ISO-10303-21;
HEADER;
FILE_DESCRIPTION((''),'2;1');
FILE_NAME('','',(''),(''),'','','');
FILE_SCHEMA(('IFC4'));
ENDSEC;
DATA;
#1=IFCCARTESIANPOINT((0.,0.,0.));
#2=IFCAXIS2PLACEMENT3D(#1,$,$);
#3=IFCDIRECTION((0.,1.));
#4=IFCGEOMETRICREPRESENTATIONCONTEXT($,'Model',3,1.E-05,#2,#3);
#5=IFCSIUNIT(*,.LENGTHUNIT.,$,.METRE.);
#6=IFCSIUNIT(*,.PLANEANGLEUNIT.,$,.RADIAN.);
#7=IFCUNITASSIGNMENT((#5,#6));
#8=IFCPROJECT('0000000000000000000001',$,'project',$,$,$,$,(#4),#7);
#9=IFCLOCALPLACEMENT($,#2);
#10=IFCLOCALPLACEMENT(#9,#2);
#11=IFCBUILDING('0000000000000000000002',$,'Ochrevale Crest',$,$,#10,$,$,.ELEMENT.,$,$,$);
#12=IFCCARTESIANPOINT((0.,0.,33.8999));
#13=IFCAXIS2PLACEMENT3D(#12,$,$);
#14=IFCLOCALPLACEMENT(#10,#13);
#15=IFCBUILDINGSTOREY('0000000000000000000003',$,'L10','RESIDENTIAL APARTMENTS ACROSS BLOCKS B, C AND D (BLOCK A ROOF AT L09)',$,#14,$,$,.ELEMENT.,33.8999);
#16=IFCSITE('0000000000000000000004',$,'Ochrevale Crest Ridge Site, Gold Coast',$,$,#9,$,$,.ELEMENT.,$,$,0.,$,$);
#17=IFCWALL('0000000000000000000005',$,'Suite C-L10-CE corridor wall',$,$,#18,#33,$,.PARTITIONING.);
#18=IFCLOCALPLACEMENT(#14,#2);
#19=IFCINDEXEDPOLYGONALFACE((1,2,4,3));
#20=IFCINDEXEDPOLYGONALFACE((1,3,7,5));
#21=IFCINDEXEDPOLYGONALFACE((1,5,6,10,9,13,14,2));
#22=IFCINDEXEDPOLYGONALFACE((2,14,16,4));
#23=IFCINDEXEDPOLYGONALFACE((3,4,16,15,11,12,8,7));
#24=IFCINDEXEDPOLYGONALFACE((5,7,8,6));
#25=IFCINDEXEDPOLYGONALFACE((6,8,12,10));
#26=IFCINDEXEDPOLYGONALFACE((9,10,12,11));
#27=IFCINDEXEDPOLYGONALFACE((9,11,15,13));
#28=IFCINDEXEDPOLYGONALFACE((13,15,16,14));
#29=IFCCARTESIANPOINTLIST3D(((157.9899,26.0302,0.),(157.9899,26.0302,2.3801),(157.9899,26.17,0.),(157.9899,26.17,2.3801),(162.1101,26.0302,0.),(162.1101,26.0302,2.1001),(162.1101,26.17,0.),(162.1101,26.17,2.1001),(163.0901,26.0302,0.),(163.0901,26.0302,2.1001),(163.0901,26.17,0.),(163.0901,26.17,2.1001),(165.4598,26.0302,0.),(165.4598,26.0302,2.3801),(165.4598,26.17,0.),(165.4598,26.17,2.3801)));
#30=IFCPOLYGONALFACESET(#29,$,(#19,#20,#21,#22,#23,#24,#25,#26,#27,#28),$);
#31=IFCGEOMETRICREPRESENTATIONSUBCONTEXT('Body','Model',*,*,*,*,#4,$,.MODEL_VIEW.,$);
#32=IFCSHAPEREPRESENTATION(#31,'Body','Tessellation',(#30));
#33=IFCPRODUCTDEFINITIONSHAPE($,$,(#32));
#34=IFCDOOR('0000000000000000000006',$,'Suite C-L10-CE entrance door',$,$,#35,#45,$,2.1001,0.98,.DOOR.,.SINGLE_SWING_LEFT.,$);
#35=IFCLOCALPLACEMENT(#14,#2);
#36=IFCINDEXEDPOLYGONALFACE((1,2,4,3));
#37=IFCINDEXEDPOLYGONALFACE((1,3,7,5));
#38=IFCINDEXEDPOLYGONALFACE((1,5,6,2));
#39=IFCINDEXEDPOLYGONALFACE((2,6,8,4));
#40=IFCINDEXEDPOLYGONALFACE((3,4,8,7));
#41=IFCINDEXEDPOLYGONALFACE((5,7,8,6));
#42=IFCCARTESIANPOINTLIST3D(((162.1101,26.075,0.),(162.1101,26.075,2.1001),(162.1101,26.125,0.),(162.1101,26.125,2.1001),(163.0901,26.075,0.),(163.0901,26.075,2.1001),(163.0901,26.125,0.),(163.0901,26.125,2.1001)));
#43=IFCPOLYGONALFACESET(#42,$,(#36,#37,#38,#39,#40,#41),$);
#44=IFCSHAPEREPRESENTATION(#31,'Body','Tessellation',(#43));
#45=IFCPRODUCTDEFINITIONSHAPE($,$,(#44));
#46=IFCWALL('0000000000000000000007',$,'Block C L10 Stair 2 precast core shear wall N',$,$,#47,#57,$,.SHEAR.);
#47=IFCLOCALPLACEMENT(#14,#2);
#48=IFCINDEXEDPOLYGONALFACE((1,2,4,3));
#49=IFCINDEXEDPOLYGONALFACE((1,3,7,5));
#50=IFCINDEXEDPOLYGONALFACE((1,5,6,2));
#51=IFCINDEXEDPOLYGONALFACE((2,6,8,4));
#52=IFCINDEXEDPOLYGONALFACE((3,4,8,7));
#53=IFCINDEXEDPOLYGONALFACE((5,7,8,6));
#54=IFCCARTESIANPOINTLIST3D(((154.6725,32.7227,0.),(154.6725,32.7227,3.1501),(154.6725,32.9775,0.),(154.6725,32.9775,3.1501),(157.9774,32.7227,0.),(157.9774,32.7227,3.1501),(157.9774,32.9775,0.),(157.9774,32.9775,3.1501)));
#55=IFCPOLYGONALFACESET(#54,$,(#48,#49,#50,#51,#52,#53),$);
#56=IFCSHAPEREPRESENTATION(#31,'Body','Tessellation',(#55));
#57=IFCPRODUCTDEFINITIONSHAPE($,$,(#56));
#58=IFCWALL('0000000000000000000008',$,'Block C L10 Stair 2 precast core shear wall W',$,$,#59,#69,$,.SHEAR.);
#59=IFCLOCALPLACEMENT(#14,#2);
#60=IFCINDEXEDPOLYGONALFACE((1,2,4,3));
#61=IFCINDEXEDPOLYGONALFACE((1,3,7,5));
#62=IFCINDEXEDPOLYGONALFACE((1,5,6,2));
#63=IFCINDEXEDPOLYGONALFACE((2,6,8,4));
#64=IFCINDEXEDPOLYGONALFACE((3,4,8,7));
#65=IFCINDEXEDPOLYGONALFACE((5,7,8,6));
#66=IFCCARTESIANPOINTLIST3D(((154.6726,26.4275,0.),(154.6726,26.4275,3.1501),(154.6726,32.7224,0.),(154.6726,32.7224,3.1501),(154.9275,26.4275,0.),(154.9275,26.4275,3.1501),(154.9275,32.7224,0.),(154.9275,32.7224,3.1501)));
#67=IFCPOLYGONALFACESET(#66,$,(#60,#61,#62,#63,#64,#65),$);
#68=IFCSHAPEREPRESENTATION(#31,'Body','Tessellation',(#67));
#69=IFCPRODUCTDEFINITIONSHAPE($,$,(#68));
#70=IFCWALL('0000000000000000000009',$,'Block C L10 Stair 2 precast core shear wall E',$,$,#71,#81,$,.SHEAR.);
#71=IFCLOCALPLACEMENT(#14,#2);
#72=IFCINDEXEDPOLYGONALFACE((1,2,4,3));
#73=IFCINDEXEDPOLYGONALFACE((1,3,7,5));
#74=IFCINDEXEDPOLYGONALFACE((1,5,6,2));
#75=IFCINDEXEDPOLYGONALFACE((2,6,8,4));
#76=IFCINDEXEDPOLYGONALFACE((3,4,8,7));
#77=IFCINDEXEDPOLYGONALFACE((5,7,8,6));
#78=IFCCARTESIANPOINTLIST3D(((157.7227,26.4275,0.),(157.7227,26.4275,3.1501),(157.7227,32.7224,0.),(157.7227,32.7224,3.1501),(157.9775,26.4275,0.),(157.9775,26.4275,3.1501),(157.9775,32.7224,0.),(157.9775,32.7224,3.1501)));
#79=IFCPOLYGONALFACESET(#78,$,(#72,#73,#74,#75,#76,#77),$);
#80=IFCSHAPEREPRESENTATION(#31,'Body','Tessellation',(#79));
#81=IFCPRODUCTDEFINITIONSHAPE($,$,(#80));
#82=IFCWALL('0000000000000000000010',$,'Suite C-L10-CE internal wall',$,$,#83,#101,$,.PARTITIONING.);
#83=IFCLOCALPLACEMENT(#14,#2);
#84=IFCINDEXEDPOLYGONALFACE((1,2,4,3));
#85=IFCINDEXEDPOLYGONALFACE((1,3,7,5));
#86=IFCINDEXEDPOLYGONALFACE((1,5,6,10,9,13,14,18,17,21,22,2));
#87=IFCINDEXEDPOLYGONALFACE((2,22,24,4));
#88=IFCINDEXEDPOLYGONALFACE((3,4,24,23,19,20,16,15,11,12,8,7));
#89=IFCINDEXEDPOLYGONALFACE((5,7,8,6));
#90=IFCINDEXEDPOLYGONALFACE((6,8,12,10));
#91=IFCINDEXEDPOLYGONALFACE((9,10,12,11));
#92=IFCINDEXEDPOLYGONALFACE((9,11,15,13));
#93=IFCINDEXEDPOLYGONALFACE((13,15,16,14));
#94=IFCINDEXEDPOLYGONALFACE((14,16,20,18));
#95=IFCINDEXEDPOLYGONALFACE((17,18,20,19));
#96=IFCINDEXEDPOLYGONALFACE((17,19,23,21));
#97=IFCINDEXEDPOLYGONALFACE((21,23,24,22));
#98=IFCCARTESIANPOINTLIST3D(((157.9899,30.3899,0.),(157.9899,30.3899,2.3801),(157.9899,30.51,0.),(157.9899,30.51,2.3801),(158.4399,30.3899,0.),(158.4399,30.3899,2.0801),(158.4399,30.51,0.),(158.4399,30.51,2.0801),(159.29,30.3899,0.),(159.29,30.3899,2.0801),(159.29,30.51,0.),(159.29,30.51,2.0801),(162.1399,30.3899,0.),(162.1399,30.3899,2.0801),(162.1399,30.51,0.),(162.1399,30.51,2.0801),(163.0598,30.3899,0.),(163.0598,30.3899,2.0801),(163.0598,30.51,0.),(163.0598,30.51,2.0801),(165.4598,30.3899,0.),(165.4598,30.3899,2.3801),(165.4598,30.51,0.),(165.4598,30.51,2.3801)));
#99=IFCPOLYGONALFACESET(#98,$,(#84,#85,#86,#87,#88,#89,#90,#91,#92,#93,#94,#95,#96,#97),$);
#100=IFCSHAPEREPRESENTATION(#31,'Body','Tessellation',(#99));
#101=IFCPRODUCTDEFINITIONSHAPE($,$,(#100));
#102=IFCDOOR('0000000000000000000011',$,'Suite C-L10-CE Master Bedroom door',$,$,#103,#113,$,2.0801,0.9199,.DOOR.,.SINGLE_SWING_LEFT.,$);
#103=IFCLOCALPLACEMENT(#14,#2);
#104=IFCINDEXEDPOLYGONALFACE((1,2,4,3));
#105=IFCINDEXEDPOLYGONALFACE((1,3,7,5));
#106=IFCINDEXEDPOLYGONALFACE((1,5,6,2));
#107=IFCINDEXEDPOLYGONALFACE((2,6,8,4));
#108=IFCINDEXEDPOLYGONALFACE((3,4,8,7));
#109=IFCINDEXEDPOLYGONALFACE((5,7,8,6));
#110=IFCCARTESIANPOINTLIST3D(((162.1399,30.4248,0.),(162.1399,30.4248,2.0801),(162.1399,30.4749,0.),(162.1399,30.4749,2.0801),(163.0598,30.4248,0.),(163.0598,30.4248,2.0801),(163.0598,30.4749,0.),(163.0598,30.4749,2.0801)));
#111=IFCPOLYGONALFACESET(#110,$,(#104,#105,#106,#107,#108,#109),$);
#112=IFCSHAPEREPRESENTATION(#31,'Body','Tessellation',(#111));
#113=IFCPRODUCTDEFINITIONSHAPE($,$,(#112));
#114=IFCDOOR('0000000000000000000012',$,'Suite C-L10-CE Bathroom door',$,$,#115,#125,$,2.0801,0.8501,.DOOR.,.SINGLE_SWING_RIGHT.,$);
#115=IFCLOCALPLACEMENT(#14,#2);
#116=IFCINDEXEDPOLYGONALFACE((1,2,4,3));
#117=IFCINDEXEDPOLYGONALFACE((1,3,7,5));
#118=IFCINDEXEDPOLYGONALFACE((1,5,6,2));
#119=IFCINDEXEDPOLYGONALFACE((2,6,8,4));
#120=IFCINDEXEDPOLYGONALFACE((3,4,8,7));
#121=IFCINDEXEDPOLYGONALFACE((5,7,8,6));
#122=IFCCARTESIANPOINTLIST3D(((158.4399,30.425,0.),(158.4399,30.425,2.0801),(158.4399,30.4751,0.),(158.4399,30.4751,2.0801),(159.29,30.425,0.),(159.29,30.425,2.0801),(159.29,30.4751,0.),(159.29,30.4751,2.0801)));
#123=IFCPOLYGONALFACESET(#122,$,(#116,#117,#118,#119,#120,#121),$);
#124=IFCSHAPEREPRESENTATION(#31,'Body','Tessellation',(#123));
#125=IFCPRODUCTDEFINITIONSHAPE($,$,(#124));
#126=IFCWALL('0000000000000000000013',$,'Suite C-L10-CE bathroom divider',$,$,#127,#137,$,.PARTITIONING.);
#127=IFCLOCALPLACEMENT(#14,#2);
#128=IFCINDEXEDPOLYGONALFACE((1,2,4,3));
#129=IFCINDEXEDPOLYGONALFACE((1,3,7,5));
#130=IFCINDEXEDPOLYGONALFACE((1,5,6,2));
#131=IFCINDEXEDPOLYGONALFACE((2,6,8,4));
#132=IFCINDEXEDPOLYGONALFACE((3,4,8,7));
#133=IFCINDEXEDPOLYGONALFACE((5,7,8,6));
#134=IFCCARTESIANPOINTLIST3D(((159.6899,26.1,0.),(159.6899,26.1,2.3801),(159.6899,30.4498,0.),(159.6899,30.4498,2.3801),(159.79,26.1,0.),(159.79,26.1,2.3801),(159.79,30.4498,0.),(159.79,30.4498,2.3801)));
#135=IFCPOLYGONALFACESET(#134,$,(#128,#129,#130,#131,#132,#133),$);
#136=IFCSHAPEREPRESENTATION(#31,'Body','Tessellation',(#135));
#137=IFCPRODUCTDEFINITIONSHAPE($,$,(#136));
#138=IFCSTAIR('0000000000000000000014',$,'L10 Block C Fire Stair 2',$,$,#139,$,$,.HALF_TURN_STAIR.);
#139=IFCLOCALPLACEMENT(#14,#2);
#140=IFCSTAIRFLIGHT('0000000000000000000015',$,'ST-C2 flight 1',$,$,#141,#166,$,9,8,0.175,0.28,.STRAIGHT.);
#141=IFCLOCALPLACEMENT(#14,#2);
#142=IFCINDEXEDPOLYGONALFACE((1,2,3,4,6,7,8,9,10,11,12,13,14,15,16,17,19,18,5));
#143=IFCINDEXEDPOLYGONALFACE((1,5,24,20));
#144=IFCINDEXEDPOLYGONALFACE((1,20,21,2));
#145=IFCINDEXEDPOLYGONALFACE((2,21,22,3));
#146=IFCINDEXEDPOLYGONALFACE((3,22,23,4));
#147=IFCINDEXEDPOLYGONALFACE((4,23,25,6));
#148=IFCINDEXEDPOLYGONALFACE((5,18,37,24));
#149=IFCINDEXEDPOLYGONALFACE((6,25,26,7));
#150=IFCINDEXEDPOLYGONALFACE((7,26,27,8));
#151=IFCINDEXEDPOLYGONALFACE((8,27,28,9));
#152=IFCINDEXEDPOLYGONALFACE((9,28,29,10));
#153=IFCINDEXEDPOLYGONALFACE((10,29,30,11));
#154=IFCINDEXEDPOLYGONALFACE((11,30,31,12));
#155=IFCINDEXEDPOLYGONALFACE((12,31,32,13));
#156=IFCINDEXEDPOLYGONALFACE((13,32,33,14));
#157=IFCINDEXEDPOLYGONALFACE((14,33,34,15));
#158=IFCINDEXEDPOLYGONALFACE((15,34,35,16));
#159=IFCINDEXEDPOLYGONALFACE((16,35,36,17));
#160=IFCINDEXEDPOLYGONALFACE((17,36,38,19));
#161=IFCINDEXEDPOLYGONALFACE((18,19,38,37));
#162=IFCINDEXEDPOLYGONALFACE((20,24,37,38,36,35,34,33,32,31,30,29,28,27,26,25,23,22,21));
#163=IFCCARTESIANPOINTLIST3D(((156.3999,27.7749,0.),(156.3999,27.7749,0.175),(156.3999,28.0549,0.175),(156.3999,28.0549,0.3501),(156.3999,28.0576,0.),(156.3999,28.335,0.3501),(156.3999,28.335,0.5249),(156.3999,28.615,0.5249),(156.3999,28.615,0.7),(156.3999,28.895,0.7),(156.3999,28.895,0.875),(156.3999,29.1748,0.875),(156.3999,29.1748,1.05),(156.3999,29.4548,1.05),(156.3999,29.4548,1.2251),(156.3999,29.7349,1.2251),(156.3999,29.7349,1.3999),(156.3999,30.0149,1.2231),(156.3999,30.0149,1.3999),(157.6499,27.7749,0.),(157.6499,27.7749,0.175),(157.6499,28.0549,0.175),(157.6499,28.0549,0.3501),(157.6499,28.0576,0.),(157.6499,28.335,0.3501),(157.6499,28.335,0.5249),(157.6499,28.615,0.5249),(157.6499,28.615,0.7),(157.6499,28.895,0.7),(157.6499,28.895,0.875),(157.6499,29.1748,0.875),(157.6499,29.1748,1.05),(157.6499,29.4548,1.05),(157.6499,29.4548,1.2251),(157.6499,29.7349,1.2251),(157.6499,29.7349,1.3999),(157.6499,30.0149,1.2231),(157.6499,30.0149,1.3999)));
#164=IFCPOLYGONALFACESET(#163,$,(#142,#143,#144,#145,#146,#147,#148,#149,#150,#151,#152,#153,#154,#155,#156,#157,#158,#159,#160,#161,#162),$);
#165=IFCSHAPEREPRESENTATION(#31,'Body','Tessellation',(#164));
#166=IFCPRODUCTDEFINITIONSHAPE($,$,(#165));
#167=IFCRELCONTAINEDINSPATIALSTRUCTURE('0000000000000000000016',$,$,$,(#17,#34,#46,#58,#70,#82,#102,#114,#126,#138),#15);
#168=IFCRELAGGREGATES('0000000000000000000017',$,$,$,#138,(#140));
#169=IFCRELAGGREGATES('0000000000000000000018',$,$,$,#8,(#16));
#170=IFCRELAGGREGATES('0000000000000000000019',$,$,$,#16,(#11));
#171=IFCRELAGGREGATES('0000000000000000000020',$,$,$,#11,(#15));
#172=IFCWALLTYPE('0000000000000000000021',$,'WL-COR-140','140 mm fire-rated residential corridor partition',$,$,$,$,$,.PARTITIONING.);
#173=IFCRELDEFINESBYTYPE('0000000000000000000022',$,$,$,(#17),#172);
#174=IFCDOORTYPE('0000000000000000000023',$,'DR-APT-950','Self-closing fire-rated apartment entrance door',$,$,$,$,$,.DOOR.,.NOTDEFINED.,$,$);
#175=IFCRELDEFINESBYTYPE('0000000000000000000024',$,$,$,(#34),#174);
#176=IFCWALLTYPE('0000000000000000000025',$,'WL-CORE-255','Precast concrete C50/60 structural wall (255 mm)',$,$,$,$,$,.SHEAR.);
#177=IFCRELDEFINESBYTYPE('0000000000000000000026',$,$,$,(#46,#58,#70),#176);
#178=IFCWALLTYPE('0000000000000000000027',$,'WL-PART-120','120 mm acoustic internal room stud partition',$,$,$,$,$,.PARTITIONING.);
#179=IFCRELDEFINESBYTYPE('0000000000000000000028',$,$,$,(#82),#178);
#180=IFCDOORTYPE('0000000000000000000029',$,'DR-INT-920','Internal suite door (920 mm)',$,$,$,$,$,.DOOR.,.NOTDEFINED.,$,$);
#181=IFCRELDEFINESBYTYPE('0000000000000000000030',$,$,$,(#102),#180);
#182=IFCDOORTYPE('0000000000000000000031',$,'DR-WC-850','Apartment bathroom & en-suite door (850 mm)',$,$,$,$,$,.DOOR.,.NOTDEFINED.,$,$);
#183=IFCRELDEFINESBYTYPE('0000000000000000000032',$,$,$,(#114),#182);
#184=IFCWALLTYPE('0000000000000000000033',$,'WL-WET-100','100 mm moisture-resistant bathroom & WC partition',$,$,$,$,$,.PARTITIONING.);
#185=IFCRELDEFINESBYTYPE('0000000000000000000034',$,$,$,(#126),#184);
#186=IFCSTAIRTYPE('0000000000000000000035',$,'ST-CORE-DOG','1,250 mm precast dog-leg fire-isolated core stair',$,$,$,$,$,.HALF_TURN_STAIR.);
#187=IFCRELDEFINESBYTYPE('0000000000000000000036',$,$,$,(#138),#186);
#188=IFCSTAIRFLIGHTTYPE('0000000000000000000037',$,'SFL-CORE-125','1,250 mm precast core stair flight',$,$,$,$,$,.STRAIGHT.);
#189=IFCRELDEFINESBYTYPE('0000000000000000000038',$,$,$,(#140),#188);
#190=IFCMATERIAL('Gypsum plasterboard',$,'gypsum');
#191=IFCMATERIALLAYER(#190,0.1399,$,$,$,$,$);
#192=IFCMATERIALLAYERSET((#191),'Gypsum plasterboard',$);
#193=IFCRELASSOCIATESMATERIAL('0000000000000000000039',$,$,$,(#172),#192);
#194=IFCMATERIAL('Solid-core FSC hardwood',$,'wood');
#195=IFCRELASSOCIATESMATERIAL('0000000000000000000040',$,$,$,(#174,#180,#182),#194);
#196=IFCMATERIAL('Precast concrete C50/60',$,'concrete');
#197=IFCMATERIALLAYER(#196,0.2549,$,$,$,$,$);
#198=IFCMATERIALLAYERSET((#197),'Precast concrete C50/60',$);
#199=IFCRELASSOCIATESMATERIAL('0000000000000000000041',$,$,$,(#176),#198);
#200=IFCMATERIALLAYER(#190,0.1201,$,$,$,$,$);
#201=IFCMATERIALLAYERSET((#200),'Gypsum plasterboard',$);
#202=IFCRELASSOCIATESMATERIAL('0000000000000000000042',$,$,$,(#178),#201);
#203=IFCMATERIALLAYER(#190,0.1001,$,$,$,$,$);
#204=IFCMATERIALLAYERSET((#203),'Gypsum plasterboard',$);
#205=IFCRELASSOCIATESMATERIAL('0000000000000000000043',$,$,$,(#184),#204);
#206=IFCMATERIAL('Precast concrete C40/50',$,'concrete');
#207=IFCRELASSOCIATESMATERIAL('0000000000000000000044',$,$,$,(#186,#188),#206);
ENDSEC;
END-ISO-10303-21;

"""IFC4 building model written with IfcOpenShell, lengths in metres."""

from ifc_helpers import new_model, si_unit, direction, frame, frame_2d, origin, place, context, subcontext, project, spatial, polyline, rectangle, outline, extrude, material, layer, layer_set, type_object, element, fill, aggregate, save


model = new_model("IFC4")

# Units and contexts
model_context = context("Model", 3, precision=1e-05, world=origin(), true_north=direction((0.0, 1.0)))
body_context = subcontext(model_context, "Body", "Model", "MODEL_VIEW")
ifc_project = project(units=[si_unit("LENGTHUNIT", "METRE"), si_unit("PLANEANGLEUNIT", "RADIAN")], contexts=[model_context])

# Site, building, storey
site_placement = place(None, origin())
site = spatial("IfcSite", under=ifc_project, at=site_placement, Name="Ochrevale Crest Ridge Site, Gold Coast", CompositionType="ELEMENT", RefElevation=0.0)
building_placement = place(site_placement, origin())
building = spatial("IfcBuilding", under=site, at=building_placement, Name="Ochrevale Crest", CompositionType="ELEMENT")
storey_placement = place(building_placement, frame((0.0, 0.0, 33.8999)))
storey = spatial("IfcBuildingStorey", under=building, at=storey_placement, Name="L10", Description="RESIDENTIAL APARTMENTS ACROSS BLOCKS B, C AND D (BLOCK A ROOF AT L09)", CompositionType="ELEMENT", Elevation=33.8999)

# Shared definitions
ifc_material_1 = material(Name="Precast concrete C40/50", Category="concrete")
ifc_material_2 = material(Name="Precast concrete C50/60", Category="concrete")

# Wall, opening, door
ifc_material_3 = material(Name="Gypsum plasterboard", Category="gypsum")
ifc_layer_1 = layer(ifc_material_3, 0.1399)
ifc_layer_set_1 = layer_set([ifc_layer_1], Name="Gypsum plasterboard")
wall_type_1 = type_object("IfcWallType", Name="WL-COR-140", Description="140 mm fire-rated residential corridor partition", PredefinedType="PARTITIONING", material=ifc_layer_set_1)
wall_1_placement = place(storey_placement, frame((157.99, 26.1001, 0.0), z_axis=(0.0, 0.0, 1.0), x_axis=(1.0, 0.0, 0.0)))
wall_1 = element("IfcWall", 1, at=wall_1_placement, inside=storey, type_object=wall_type_1, Name="Suite C-L10-CE corridor wall", PredefinedType="PARTITIONING", context=body_context, shape_type="SweptSolid", body=[
    extrude(rectangle(XDim=7.47, YDim=0.1399, at=frame_2d((3.7349, 0.0))), origin(), (0.0, 0.0, 1.0), 2.3801),
])
opening_1_placement = place(wall_1_placement, frame((4.1201, 0.0, 0.0)))
opening_1 = element("IfcOpeningElement", 2, at=opening_1_placement, cuts=wall_1, PredefinedType="OPENING", context=body_context, shape_type="SweptSolid", body=[
    extrude(rectangle(XDim=0.98, YDim=2.1001, at=frame_2d((0.49, 1.05))), frame((0.0, 0.0801, 0.0), z_axis=(0.0, -1.0, 0.0), x_axis=(1.0, 0.0, 0.0)), (0.0, 0.0, 1.0), 0.1599),
])
ifc_material_4 = material(Name="Solid-core FSC hardwood", Category="wood")
door_type_1 = type_object("IfcDoorType", Name="DR-APT-950", Description="Self-closing fire-rated apartment entrance door", OperationType="NOTDEFINED", PredefinedType="DOOR", material=ifc_material_4)
door_1_placement = place(opening_1_placement, origin())
door_1 = element("IfcDoor", 3, at=door_1_placement, inside=storey, type_object=door_type_1, Name="Suite C-L10-CE entrance door", OperationType="SINGLE_SWING_LEFT", OverallHeight=2.1001, OverallWidth=0.98, PredefinedType="DOOR", context=body_context, shape_type="SweptSolid", body=[
    extrude(rectangle(XDim=0.98, YDim=2.1001, at=frame_2d((0.49, 1.05))), frame((0.0, 0.0249, 0.0), z_axis=(0.0, -1.0, 0.0), x_axis=(1.0, 0.0, 0.0)), (0.0, 0.0, 1.0), 0.05),
])
fill(opening_1, door_1)

# Walls
ifc_layer_2 = layer(ifc_material_2, 0.2549)
ifc_layer_set_2 = layer_set([ifc_layer_2], Name="Precast concrete C50/60")
wall_type_2 = type_object("IfcWallType", Name="WL-CORE-255", Description="Precast concrete C50/60 structural wall (255 mm)", PredefinedType="SHEAR", material=ifc_layer_set_2)
wall_2_placement = place(storey_placement, frame((154.6726, 32.8501, 0.0), z_axis=(0.0, 0.0, 1.0), x_axis=(1.0, 0.0, 0.0)))
element("IfcWall", 4, at=wall_2_placement, inside=storey, type_object=wall_type_2, Name="Block C L10 Stair 2 precast core shear wall N", PredefinedType="SHEAR", context=body_context, shape_type="SweptSolid", body=[
    extrude(rectangle(XDim=3.3049, YDim=0.2549, at=frame_2d((1.6523, 0.0))), origin(), (0.0, 0.0, 1.0), 3.1501),
])
for number, where, z_axis, x_axis, name in (
    (5, (154.8, 26.4275, 0.0), (0.0, 0.0, 1.0), (0.0, 1.0, 0.0), "Block C L10 Stair 2 precast core shear wall W"),
    (6, (157.8501, 26.4275, 0.0), (0.0, 0.0, 1.0), (0.0, 1.0, 0.0), "Block C L10 Stair 2 precast core shear wall E"),
):
    element("IfcWall", number, at=place(storey_placement, frame(where, z_axis=z_axis, x_axis=x_axis)), inside=storey, type_object=wall_type_2, Name=name, PredefinedType="SHEAR", context=body_context, shape_type="SweptSolid", body=[
        extrude(rectangle(XDim=6.2949, YDim=0.2549, at=frame_2d((3.1475, 0.0))), origin(), (0.0, 0.0, 1.0), 3.1501),
    ])

# Wall, openings, doors
ifc_layer_3 = layer(ifc_material_3, 0.1201)
ifc_layer_set_3 = layer_set([ifc_layer_3], Name="Gypsum plasterboard")
wall_type_3 = type_object("IfcWallType", Name="WL-PART-120", Description="120 mm acoustic internal room stud partition", PredefinedType="PARTITIONING", material=ifc_layer_set_3)
wall_3_placement = place(storey_placement, frame((157.99, 30.45, 0.0), z_axis=(0.0, 0.0, 1.0), x_axis=(1.0, 0.0, 0.0)))
wall_3 = element("IfcWall", 7, at=wall_3_placement, inside=storey, type_object=wall_type_3, Name="Suite C-L10-CE internal wall", PredefinedType="PARTITIONING", context=body_context, shape_type="SweptSolid", body=[
    extrude(rectangle(XDim=7.47, YDim=0.1201, at=frame_2d((3.7349, 0.0))), origin(), (0.0, 0.0, 1.0), 2.3801),
])
opening_2_placement = place(wall_3_placement, frame((1.3, 0.0, 0.0), z_axis=(0.0, 0.0, 1.0), x_axis=(-1.0, 0.0, 0.0)))
opening_2 = element("IfcOpeningElement", 8, at=opening_2_placement, cuts=wall_3, PredefinedType="OPENING", context=body_context, shape_type="SweptSolid", body=[
    extrude(rectangle(XDim=0.8501, YDim=2.0801, at=frame_2d((0.425, 1.04))), frame((0.0, 0.0701, 0.0), z_axis=(0.0, -1.0, 0.0), x_axis=(1.0, 0.0, 0.0)), (0.0, 0.0, 1.0), 0.1401),
])
opening_3_placement = place(wall_3_placement, frame((4.1499, 0.0, 0.0)))
opening_3 = element("IfcOpeningElement", 9, at=opening_3_placement, cuts=wall_3, PredefinedType="OPENING", context=body_context, shape_type="SweptSolid", body=[
    extrude(rectangle(XDim=0.9199, YDim=2.0801, at=frame_2d((0.46, 1.04))), frame((0.0, 0.0701, 0.0), z_axis=(0.0, -1.0, 0.0), x_axis=(1.0, 0.0, 0.0)), (0.0, 0.0, 1.0), 0.1401),
])
door_type_2 = type_object("IfcDoorType", Name="DR-INT-920", Description="Internal suite door (920 mm)", OperationType="NOTDEFINED", PredefinedType="DOOR", material=ifc_material_4)
door_2_placement = place(opening_3_placement, origin())
door_2 = element("IfcDoor", 10, at=door_2_placement, inside=storey, type_object=door_type_2, Name="Suite C-L10-CE Master Bedroom door", OperationType="SINGLE_SWING_LEFT", OverallHeight=2.0801, OverallWidth=0.9199, PredefinedType="DOOR", context=body_context, shape_type="SweptSolid", body=[
    extrude(rectangle(XDim=0.9199, YDim=2.0801, at=frame_2d((0.46, 1.04))), frame((0.0, 0.0249, 0.0), z_axis=(0.0, -1.0, 0.0), x_axis=(1.0, 0.0, 0.0)), (0.0, 0.0, 1.0), 0.05),
])
fill(opening_3, door_2)
door_type_3 = type_object("IfcDoorType", Name="DR-WC-850", Description="Apartment bathroom & en-suite door (850 mm)", OperationType="NOTDEFINED", PredefinedType="DOOR", material=ifc_material_4)
door_3_placement = place(opening_2_placement, origin())
door_3 = element("IfcDoor", 11, at=door_3_placement, inside=storey, type_object=door_type_3, Name="Suite C-L10-CE Bathroom door", OperationType="SINGLE_SWING_RIGHT", OverallHeight=2.0801, OverallWidth=0.8501, PredefinedType="DOOR", context=body_context, shape_type="SweptSolid", body=[
    extrude(rectangle(XDim=0.8501, YDim=2.0801, at=frame_2d((0.425, 1.04))), frame((0.0, 0.0249, 0.0), z_axis=(0.0, -1.0, 0.0), x_axis=(1.0, 0.0, 0.0)), (0.0, 0.0, 1.0), 0.05),
])
fill(opening_2, door_3)

# Wall
ifc_layer_4 = layer(ifc_material_3, 0.1001)
ifc_layer_set_4 = layer_set([ifc_layer_4], Name="Gypsum plasterboard")
wall_type_4 = type_object("IfcWallType", Name="WL-WET-100", Description="100 mm moisture-resistant bathroom & WC partition", PredefinedType="PARTITIONING", material=ifc_layer_set_4)
wall_4_placement = place(storey_placement, frame((159.74, 26.1001, 0.0), z_axis=(0.0, 0.0, 1.0), x_axis=(0.0, 1.0, 0.0)))
element("IfcWall", 12, at=wall_4_placement, inside=storey, type_object=wall_type_4, Name="Suite C-L10-CE bathroom divider", PredefinedType="PARTITIONING", context=body_context, shape_type="SweptSolid", body=[
    extrude(rectangle(XDim=4.3499, YDim=0.1001, at=frame_2d((2.1748, 0.0))), origin(), (0.0, 0.0, 1.0), 2.3801),
])

# Stair, stair flight
stair_type = type_object("IfcStairType", Name="ST-CORE-DOG", Description="1,250 mm precast dog-leg fire-isolated core stair", PredefinedType="HALF_TURN_STAIR", material=ifc_material_1)
stair_placement = place(storey_placement, origin())
stair = element("IfcStair", 13, at=stair_placement, inside=storey, type_object=stair_type, Name="L10 Block C Fire Stair 2", PredefinedType="HALF_TURN_STAIR")
stair_flight_type = type_object("IfcStairFlightType", Name="SFL-CORE-125", Description="1,250 mm precast core stair flight", PredefinedType="STRAIGHT", material=ifc_material_1)
stair_flight_1_placement = place(storey_placement, frame((157.0249, 27.7749, 0.0), z_axis=(0.0, 0.0, 1.0), x_axis=(0.0, 1.0, 0.0)))
stair_flight_1 = element("IfcStairFlight", 14, at=stair_flight_1_placement, type_object=stair_flight_type, Name="ST-C2 flight 1", NumberOfRisers=9, NumberOfTreads=8, PredefinedType="STRAIGHT", RiserHeight=0.175, TreadLength=0.28, context=body_context, shape_type="SweptSolid", body=[
    extrude(outline(polyline([(0.0, 0.0), (0.0, 0.175), (0.28, 0.175), (0.28, 0.3501), (0.5601, 0.3501), (0.5601, 0.5249), (0.8401, 0.5249), (0.8401, 0.7), (1.1201, 0.7), (1.1201, 0.875), (1.3999, 0.875), (1.3999, 1.05), (1.6799, 1.05), (1.6799, 1.2251), (1.96, 1.2251), (1.96, 1.3999), (2.24, 1.3999), (2.24, 1.575), (2.24, 1.2231), (0.2827, 0.0), (0.0, 0.0)])), frame((0.0, 0.625, 0.0), z_axis=(0.0, -1.0, 0.0), x_axis=(1.0, 0.0, 0.0)), (0.0, 0.0, 1.0), 1.25),
])
aggregate(stair, [stair_flight_1])

save(model, "model.ifc")
